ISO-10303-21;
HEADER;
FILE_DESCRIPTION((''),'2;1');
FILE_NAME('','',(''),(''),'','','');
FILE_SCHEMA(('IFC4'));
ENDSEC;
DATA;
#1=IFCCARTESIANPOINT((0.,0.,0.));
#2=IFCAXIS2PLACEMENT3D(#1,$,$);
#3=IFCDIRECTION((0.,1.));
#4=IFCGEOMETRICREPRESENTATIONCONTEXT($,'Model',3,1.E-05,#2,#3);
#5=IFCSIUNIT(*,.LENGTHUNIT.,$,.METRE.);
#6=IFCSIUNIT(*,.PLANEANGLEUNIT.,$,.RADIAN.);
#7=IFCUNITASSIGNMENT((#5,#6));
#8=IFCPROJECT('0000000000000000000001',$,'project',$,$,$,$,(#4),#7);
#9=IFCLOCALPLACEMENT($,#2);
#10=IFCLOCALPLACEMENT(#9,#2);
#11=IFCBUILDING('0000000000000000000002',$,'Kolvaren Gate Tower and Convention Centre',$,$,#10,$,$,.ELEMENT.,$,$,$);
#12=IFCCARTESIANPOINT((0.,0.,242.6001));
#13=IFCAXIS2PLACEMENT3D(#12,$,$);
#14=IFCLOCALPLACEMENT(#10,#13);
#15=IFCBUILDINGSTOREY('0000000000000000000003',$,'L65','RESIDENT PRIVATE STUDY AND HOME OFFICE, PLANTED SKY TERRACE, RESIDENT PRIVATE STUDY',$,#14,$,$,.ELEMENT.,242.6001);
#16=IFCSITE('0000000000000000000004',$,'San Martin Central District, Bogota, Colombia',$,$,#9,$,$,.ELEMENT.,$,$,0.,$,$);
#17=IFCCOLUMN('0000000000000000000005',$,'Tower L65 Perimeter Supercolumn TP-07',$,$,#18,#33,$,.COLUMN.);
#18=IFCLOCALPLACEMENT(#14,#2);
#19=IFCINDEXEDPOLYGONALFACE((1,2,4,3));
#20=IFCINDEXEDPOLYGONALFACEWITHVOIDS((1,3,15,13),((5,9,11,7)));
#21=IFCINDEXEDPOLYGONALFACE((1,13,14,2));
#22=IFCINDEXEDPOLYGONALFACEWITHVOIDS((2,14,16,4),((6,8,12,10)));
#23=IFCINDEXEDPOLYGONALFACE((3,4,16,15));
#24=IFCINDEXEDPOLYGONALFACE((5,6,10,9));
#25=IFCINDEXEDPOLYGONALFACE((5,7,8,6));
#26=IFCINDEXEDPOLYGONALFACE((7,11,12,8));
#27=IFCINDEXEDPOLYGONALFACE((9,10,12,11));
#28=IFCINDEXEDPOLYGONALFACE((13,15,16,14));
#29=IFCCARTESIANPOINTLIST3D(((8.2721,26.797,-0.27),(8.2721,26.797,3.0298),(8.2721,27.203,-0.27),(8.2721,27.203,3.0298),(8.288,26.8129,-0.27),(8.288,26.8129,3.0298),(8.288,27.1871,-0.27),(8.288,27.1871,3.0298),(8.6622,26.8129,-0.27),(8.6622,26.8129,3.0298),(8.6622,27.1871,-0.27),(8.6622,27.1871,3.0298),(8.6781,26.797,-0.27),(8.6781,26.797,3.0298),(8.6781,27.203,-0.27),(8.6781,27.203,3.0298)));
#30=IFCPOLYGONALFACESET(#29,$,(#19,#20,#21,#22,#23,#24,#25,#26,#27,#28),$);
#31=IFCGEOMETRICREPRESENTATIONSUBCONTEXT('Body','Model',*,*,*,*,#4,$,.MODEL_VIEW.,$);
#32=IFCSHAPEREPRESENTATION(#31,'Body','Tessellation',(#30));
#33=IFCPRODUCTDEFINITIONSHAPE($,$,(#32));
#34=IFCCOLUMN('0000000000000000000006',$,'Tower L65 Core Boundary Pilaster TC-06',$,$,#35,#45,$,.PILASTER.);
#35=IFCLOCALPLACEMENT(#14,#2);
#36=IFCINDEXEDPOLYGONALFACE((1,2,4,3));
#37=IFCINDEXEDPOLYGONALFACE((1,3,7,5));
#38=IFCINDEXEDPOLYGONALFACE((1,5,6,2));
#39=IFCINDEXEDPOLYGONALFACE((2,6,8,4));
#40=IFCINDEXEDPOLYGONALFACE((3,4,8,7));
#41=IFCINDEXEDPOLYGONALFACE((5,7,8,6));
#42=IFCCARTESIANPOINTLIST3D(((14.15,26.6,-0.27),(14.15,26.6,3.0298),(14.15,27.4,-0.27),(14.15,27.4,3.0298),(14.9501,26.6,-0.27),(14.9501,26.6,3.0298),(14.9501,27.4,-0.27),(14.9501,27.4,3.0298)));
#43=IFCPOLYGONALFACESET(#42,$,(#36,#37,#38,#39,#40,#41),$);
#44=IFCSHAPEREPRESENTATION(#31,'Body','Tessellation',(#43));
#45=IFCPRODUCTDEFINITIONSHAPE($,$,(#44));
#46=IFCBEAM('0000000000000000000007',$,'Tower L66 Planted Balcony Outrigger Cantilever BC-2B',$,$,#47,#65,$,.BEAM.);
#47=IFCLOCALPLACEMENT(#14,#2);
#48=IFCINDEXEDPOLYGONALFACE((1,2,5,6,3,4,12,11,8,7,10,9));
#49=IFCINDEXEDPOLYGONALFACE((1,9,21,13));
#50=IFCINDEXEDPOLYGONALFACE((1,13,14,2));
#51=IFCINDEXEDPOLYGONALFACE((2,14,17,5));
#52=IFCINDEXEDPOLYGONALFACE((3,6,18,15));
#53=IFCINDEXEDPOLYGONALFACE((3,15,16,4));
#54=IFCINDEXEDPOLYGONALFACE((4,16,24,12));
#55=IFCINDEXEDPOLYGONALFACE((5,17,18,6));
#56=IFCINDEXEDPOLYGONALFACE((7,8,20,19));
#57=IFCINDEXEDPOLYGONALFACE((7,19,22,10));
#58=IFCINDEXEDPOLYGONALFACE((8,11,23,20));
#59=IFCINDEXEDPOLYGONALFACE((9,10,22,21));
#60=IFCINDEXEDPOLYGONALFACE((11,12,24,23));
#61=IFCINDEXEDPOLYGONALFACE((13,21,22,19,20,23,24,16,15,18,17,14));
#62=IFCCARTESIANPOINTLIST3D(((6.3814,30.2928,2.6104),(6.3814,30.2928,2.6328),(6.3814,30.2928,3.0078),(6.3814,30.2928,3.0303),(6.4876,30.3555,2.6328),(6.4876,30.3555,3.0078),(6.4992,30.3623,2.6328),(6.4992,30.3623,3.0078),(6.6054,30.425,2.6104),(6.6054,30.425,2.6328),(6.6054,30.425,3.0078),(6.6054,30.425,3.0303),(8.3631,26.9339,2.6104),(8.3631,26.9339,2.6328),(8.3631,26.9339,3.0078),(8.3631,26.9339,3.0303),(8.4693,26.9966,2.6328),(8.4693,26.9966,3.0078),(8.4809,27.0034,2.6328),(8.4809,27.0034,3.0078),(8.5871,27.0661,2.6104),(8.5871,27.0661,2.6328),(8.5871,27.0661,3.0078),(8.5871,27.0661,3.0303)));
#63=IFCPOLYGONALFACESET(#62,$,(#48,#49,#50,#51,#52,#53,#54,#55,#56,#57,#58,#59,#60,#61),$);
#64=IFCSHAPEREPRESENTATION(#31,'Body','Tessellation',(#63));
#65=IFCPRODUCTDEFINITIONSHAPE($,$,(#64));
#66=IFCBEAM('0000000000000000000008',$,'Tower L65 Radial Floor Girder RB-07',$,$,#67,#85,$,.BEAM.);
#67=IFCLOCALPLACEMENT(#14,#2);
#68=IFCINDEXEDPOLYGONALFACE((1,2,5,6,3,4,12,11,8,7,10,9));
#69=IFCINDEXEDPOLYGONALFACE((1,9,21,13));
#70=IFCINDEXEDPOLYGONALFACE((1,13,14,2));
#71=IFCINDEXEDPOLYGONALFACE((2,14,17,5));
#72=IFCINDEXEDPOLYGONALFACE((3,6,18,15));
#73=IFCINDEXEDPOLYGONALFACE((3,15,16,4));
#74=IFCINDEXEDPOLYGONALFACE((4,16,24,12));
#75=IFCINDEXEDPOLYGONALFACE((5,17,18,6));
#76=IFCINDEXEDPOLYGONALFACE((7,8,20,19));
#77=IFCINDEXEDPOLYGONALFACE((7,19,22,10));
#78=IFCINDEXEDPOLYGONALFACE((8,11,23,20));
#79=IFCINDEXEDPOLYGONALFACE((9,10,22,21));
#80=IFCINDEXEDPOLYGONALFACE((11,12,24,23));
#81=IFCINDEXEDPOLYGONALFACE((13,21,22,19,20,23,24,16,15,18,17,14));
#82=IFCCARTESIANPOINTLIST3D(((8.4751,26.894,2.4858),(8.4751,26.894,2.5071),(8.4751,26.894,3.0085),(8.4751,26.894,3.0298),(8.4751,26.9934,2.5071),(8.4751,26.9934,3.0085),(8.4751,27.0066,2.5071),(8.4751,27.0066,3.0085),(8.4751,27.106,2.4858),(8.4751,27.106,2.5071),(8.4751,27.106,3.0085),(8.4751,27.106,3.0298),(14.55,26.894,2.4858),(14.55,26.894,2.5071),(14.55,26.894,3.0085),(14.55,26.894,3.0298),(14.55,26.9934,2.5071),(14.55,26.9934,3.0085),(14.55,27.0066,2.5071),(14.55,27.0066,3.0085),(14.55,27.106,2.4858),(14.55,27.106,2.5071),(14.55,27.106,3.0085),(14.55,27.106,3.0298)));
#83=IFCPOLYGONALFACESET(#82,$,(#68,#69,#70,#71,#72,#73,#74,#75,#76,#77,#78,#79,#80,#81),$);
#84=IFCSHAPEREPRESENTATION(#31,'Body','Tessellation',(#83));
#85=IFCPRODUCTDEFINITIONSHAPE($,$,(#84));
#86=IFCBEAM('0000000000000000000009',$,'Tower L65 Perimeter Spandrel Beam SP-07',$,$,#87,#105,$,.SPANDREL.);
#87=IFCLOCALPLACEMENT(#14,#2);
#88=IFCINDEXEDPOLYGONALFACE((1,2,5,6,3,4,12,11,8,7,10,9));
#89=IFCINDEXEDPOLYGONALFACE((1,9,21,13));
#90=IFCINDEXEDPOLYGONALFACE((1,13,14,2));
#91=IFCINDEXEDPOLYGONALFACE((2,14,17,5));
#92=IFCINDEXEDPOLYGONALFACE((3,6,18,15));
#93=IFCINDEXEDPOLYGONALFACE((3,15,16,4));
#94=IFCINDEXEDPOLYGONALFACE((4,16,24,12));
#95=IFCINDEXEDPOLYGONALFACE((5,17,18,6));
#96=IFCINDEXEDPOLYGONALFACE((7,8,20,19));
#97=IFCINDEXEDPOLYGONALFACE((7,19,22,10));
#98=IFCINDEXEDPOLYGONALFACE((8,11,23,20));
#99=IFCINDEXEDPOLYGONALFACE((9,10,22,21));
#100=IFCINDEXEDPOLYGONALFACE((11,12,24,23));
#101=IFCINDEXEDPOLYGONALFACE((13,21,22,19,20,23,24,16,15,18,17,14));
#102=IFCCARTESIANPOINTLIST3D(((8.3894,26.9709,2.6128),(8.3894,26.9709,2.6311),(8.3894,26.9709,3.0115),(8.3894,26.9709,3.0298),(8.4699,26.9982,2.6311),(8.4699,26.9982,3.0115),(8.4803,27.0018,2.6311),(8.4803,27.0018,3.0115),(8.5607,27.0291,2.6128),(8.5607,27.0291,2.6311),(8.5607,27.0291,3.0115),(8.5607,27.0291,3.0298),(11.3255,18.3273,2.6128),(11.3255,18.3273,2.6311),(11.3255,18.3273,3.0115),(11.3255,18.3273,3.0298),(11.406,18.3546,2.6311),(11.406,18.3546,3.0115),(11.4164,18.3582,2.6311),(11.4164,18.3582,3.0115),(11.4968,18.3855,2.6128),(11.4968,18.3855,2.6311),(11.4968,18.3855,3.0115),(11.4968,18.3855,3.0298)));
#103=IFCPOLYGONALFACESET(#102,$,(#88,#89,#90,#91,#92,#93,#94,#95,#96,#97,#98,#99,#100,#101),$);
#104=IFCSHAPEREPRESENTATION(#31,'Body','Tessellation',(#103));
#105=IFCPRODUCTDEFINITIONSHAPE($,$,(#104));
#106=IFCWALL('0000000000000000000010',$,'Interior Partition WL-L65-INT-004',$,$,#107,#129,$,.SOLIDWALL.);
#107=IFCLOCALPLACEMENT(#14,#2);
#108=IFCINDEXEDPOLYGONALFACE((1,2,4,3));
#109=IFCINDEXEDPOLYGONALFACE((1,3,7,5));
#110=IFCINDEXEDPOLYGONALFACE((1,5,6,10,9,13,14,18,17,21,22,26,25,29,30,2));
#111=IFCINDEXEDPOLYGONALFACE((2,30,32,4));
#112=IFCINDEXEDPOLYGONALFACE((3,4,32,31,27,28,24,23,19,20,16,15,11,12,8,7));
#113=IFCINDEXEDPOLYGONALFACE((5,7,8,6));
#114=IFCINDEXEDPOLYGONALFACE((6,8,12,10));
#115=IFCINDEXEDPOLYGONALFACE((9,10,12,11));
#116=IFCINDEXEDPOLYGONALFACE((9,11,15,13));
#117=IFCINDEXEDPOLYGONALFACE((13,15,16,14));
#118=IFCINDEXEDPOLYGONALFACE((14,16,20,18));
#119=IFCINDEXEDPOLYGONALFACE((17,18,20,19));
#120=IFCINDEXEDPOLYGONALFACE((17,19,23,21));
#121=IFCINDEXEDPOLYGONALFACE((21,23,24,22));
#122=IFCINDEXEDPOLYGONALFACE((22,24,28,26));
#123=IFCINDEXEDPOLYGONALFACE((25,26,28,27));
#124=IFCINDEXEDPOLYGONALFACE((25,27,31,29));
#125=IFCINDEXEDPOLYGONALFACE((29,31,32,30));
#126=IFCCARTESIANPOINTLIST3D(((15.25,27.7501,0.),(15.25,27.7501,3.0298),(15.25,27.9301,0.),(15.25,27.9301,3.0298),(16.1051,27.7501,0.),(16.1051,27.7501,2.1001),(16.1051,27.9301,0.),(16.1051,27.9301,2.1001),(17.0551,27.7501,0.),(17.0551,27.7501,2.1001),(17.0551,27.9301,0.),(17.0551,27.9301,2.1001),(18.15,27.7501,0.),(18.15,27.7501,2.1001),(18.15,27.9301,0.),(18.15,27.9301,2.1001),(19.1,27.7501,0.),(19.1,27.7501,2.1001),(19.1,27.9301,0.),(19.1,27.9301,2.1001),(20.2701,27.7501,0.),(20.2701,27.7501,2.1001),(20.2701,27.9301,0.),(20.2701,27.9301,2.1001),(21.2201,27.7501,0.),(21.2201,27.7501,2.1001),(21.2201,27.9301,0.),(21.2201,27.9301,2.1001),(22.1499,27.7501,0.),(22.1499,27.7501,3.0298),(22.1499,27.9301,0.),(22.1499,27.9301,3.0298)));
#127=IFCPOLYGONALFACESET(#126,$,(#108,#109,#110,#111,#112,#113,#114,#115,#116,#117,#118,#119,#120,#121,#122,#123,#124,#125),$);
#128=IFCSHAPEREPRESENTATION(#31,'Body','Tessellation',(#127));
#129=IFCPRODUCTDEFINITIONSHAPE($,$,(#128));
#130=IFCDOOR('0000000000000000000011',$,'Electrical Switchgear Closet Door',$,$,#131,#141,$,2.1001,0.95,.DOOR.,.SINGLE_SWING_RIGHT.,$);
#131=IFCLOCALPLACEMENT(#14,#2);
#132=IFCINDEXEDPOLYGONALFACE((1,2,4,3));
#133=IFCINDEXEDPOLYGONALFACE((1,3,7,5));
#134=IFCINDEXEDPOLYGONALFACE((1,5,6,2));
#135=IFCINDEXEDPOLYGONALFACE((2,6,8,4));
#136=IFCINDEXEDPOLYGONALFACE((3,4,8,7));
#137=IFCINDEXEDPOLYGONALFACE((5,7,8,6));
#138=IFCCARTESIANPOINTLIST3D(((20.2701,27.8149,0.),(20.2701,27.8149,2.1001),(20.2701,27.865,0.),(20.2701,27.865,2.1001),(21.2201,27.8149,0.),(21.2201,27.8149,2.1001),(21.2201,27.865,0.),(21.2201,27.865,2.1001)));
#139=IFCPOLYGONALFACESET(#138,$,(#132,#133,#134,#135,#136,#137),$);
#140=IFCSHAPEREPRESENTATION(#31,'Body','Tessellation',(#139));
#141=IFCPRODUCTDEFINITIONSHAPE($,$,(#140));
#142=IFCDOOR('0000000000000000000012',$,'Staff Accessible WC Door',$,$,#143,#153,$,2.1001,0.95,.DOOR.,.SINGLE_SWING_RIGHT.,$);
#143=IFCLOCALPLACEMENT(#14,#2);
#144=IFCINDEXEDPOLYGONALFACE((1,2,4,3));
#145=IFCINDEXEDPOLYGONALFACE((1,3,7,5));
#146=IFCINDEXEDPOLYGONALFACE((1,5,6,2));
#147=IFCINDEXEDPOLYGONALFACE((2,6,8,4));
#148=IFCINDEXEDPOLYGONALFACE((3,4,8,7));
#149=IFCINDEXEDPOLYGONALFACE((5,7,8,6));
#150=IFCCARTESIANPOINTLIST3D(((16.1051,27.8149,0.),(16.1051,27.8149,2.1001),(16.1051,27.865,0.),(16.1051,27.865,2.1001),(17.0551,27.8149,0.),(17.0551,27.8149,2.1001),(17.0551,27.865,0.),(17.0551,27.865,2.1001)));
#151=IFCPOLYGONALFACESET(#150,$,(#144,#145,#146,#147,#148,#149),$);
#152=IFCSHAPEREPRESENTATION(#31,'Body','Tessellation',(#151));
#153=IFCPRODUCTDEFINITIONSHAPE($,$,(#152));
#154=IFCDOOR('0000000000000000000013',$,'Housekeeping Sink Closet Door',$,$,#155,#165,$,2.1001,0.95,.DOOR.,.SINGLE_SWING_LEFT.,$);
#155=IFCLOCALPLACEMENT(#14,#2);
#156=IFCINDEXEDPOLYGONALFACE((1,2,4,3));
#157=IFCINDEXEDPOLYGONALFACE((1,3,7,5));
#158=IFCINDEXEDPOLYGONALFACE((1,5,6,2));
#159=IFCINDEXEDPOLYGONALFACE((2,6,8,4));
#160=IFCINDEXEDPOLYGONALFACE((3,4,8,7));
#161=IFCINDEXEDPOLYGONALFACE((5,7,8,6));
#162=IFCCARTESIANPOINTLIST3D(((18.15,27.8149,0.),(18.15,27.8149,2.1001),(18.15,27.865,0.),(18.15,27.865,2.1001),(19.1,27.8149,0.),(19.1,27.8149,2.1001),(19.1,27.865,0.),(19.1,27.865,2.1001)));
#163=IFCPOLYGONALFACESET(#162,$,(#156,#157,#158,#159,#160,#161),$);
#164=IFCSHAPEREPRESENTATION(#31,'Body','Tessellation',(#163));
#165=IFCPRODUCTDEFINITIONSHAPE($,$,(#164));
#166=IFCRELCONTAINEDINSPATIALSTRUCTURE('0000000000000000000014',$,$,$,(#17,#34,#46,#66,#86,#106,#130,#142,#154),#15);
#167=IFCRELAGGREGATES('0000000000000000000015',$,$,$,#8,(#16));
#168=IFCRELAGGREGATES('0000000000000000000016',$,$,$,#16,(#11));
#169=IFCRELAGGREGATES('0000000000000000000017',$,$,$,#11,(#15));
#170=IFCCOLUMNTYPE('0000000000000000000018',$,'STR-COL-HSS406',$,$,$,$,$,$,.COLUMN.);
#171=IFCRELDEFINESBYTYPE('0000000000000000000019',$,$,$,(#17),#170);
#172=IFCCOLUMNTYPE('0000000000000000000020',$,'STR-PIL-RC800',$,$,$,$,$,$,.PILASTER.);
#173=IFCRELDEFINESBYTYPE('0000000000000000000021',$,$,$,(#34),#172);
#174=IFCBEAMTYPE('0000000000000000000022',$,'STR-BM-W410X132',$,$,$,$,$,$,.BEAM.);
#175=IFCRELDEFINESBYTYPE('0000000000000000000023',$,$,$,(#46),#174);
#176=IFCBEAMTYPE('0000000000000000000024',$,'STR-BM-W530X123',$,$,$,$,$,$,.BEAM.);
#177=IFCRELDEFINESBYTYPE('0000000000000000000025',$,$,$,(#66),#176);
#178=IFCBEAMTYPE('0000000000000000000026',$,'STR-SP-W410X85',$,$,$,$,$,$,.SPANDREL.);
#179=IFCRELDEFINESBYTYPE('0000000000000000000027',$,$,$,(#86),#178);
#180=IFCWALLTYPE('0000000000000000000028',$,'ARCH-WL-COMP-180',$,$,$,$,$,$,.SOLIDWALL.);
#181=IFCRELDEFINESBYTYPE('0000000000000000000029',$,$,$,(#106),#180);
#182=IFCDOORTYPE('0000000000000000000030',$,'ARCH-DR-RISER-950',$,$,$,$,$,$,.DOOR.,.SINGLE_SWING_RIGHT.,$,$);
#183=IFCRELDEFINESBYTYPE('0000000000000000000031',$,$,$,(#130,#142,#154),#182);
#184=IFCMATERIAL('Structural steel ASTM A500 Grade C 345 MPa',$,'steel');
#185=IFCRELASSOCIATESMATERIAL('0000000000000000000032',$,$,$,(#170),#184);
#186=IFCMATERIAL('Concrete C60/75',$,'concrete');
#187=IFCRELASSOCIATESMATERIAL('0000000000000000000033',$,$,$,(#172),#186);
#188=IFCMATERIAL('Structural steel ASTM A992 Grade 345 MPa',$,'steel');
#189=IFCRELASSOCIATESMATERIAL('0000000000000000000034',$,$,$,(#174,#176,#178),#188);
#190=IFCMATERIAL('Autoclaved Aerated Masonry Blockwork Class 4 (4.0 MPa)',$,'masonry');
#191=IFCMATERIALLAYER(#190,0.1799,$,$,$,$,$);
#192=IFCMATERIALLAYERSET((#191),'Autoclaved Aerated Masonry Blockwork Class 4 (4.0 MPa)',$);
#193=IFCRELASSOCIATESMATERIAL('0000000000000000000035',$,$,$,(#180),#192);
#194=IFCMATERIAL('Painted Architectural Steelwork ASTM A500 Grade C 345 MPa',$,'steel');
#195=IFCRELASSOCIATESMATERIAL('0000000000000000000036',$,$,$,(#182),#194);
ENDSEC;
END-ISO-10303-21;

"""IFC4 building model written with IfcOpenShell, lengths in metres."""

from ifc_helpers import new_model, si_unit, direction, frame, frame_2d, origin, origin_2d, place, context, subcontext, project, spatial, rectangle, hollow_rectangle, i_section, extrude, material, layer, layer_set, material_profile, profile_set, type_object, element, fill, save


model = new_model("IFC4")

# Units and contexts
model_context = context("Model", 3, precision=1e-05, world=origin(), true_north=direction((0.0, 1.0)))
body_context = subcontext(model_context, "Body", "Model", "MODEL_VIEW")
ifc_project = project(units=[si_unit("LENGTHUNIT", "METRE"), si_unit("PLANEANGLEUNIT", "RADIAN")], contexts=[model_context])

# Site, building, storey
site_placement = place(None, origin())
site = spatial("IfcSite", under=ifc_project, at=site_placement, Name="San Martin Central District, Bogota, Colombia", CompositionType="ELEMENT", RefElevation=0.0)
building_placement = place(site_placement, origin())
building = spatial("IfcBuilding", under=site, at=building_placement, Name="Kolvaren Gate Tower and Convention Centre", CompositionType="ELEMENT")
storey_placement = place(building_placement, frame((0.0, 0.0, 242.6001)))
storey = spatial("IfcBuildingStorey", under=building, at=storey_placement, Name="L65", Description="RESIDENT PRIVATE STUDY AND HOME OFFICE, PLANTED SKY TERRACE, RESIDENT PRIVATE STUDY", CompositionType="ELEMENT", Elevation=242.6001)

# Columns
ifc_material_1 = material(Name="Structural steel ASTM A500 Grade C 345 MPa", Category="steel")
ifc_material_profile_1 = material_profile(ifc_material_1, hollow_rectangle(XDim=0.406, YDim=0.406, WallThickness=0.0159, at=origin_2d()), Name="HSS406X406X15.9")
ifc_profile_set_1 = profile_set([ifc_material_profile_1], Name="Structural steel ASTM A500 Grade C 345 MPa")
column_type_1 = type_object("IfcColumnType", Name="STR-COL-HSS406", PredefinedType="COLUMN", material=ifc_profile_set_1)
column_1_placement = place(storey_placement, frame((8.4751, 27.0, -0.27), z_axis=(0.0, 0.0, 1.0), x_axis=(1.0, 0.0, 0.0)))
element("IfcColumn", 1, at=column_1_placement, inside=storey, type_object=column_type_1, Name="Tower L65 Perimeter Supercolumn TP-07", PredefinedType="COLUMN", context=body_context, shape_type="SweptSolid", body=[
    extrude(hollow_rectangle(XDim=0.406, YDim=0.406, WallThickness=0.0159, at=origin_2d()), origin(), (0.0, 0.0, 1.0), 3.2998),
])
ifc_material_2 = material(Name="Concrete C60/75", Category="concrete")
ifc_material_profile_2 = material_profile(ifc_material_2, rectangle(XDim=0.8, YDim=0.8, at=origin_2d()), Name="RC-COL-800X800")
ifc_profile_set_2 = profile_set([ifc_material_profile_2], Name="Concrete C60/75")
column_type_2 = type_object("IfcColumnType", Name="STR-PIL-RC800", PredefinedType="PILASTER", material=ifc_profile_set_2)
column_2_placement = place(storey_placement, frame((14.55, 27.0, -0.27), z_axis=(0.0, 0.0, 1.0), x_axis=(1.0, 0.0, 0.0)))
element("IfcColumn", 2, at=column_2_placement, inside=storey, type_object=column_type_2, Name="Tower L65 Core Boundary Pilaster TC-06", PredefinedType="PILASTER", context=body_context, shape_type="SweptSolid", body=[
    extrude(rectangle(XDim=0.8, YDim=0.8, at=origin_2d()), origin(), (0.0, 0.0, 1.0), 3.2998),
])

# Beams
ifc_material_3 = material(Name="Structural steel ASTM A992 Grade 345 MPa", Category="steel")
ifc_material_profile_3 = material_profile(ifc_material_3, i_section(OverallWidth=0.26, OverallDepth=0.4199, WebThickness=0.0134, FlangeThickness=0.0225, at=origin_2d()), Name="W410X132")
ifc_profile_set_3 = profile_set([ifc_material_profile_3], Name="Structural steel ASTM A992 Grade 345 MPa")
beam_type_1 = type_object("IfcBeamType", Name="STR-BM-W410X132", PredefinedType="BEAM", material=ifc_profile_set_3)
beam_1_placement = place(storey_placement, frame((8.4751, 27.0, 2.8203), z_axis=(-0.508139, 0.861275, 0.0), x_axis=(-0.861275, -0.508139, 0.0)))
element("IfcBeam", 3, at=beam_1_placement, inside=storey, type_object=beam_type_1, Name="Tower L66 Planted Balcony Outrigger Cantilever BC-2B", PredefinedType="BEAM", context=body_context, shape_type="SweptSolid", body=[
    extrude(i_section(OverallWidth=0.26, OverallDepth=0.4199, WebThickness=0.0134, FlangeThickness=0.0225, at=origin_2d()), origin(), (0.0, 0.0, 1.0), 3.8999),
])
ifc_material_profile_4 = material_profile(ifc_material_3, i_section(OverallWidth=0.2119, OverallDepth=0.5439, WebThickness=0.0132, FlangeThickness=0.0212, at=origin_2d()), Name="W530X123")
ifc_profile_set_4 = profile_set([ifc_material_profile_4], Name="Structural steel ASTM A992 Grade 345 MPa")
beam_type_2 = type_object("IfcBeamType", Name="STR-BM-W530X123", PredefinedType="BEAM", material=ifc_profile_set_4)
beam_2_placement = place(storey_placement, frame((14.55, 27.0, 2.7578), z_axis=(-1.0, 0.0, 0.0), x_axis=(0.0, -1.0, 0.0)))
element("IfcBeam", 4, at=beam_2_placement, inside=storey, type_object=beam_type_2, Name="Tower L65 Radial Floor Girder RB-07", PredefinedType="BEAM", context=body_context, shape_type="SweptSolid", body=[
    extrude(i_section(OverallWidth=0.2119, OverallDepth=0.5439, WebThickness=0.0132, FlangeThickness=0.0212, at=origin_2d()), origin(), (0.0, 0.0, 1.0), 6.075),
])
ifc_material_profile_5 = material_profile(ifc_material_3, i_section(OverallWidth=0.1809, OverallDepth=0.417, WebThickness=0.011, FlangeThickness=0.0183, at=origin_2d()), Name="W410X85")
ifc_profile_set_5 = profile_set([ifc_material_profile_5], Name="Structural steel ASTM A992 Grade 345 MPa")
beam_type_3 = type_object("IfcBeamType", Name="STR-SP-W410X85", PredefinedType="SPANDREL", material=ifc_profile_set_5)
beam_3_placement = place(storey_placement, frame((8.4751, 27.0, 2.8213), z_axis=(0.32163, -0.946865, 0.0), x_axis=(0.946865, 0.32163, 0.0)))
element("IfcBeam", 5, at=beam_3_placement, inside=storey, type_object=beam_type_3, Name="Tower L65 Perimeter Spandrel Beam SP-07", PredefinedType="SPANDREL", context=body_context, shape_type="SweptSolid", body=[
    extrude(i_section(OverallWidth=0.1809, OverallDepth=0.417, WebThickness=0.011, FlangeThickness=0.0183, at=origin_2d()), origin(), (0.0, 0.0, 1.0), 9.1287),
])

# Wall, openings, doors
ifc_material_4 = material(Name="Autoclaved Aerated Masonry Blockwork Class 4 (4.0 MPa)", Category="masonry")
ifc_layer_1 = layer(ifc_material_4, 0.1799)
ifc_layer_set_1 = layer_set([ifc_layer_1], Name="Autoclaved Aerated Masonry Blockwork Class 4 (4.0 MPa)")
wall_type_1 = type_object("IfcWallType", Name="ARCH-WL-COMP-180", PredefinedType="SOLIDWALL", material=ifc_layer_set_1)
wall_1_placement = place(storey_placement, frame((15.25, 27.8401, 0.0), z_axis=(0.0, 0.0, 1.0), x_axis=(1.0, 0.0, 0.0)))
wall_1 = element("IfcWall", 6, at=wall_1_placement, inside=storey, type_object=wall_type_1, Name="Interior Partition WL-L65-INT-004", PredefinedType="SOLIDWALL", context=body_context, shape_type="SweptSolid", body=[
    extrude(rectangle(XDim=6.8999, YDim=0.1799, at=frame_2d((3.45, 0.0))), origin(), (0.0, 0.0, 1.0), 3.0298),
])
opening_1_placement = place(wall_1_placement, frame((5.02, 0.0, 0.0)))
opening_1 = element("IfcOpeningElement", 7, at=opening_1_placement, cuts=wall_1, PredefinedType="OPENING", context=body_context, shape_type="SweptSolid", body=[
    extrude(rectangle(XDim=0.95, YDim=2.1001, at=frame_2d((0.4751, 1.05))), frame((0.0, 0.0999, 0.0), z_axis=(0.0, -1.0, 0.0), x_axis=(1.0, 0.0, 0.0)), (0.0, 0.0, 1.0), 0.2),
])
opening_2_placement = place(wall_1_placement, frame((0.855, 0.0, 0.0)))
opening_2 = element("IfcOpeningElement", 8, at=opening_2_placement, cuts=wall_1, PredefinedType="OPENING", context=body_context, shape_type="SweptSolid", body=[
    extrude(rectangle(XDim=0.95, YDim=2.1001, at=frame_2d((0.4751, 1.05))), frame((0.0, 0.0999, 0.0), z_axis=(0.0, -1.0, 0.0), x_axis=(1.0, 0.0, 0.0)), (0.0, 0.0, 1.0), 0.2),
])
opening_3_placement = place(wall_1_placement, frame((2.8999, 0.0, 0.0)))
opening_3 = element("IfcOpeningElement", 9, at=opening_3_placement, cuts=wall_1, PredefinedType="OPENING", context=body_context, shape_type="SweptSolid", body=[
    extrude(rectangle(XDim=0.95, YDim=2.1001, at=frame_2d((0.4751, 1.05))), frame((0.0, 0.0999, 0.0), z_axis=(0.0, -1.0, 0.0), x_axis=(1.0, 0.0, 0.0)), (0.0, 0.0, 1.0), 0.2),
])
ifc_material_5 = material(Name="Painted Architectural Steelwork ASTM A500 Grade C 345 MPa", Category="steel")
door_type = type_object("IfcDoorType", Name="ARCH-DR-RISER-950", OperationType="SINGLE_SWING_RIGHT", PredefinedType="DOOR", material=ifc_material_5)
door_1_placement = place(opening_1_placement, origin())
door_1 = element("IfcDoor", 10, at=door_1_placement, inside=storey, type_object=door_type, Name="Electrical Switchgear Closet Door", OperationType="SINGLE_SWING_RIGHT", OverallHeight=2.1001, OverallWidth=0.95, PredefinedType="DOOR", context=body_context, shape_type="SweptSolid", body=[
    extrude(rectangle(XDim=0.95, YDim=2.1001, at=frame_2d((0.4751, 1.05))), frame((0.0, 0.0249, 0.0), z_axis=(0.0, -1.0, 0.0), x_axis=(1.0, 0.0, 0.0)), (0.0, 0.0, 1.0), 0.05),
])
fill(opening_1, door_1)
door_2_placement = place(opening_2_placement, origin())
door_2 = element("IfcDoor", 11, at=door_2_placement, inside=storey, type_object=door_type, Name="Staff Accessible WC Door", OperationType="SINGLE_SWING_RIGHT", OverallHeight=2.1001, OverallWidth=0.95, PredefinedType="DOOR", context=body_context, shape_type="SweptSolid", body=[
    extrude(rectangle(XDim=0.95, YDim=2.1001, at=frame_2d((0.4751, 1.05))), frame((0.0, 0.0249, 0.0), z_axis=(0.0, -1.0, 0.0), x_axis=(1.0, 0.0, 0.0)), (0.0, 0.0, 1.0), 0.05),
])
fill(opening_2, door_2)
door_3_placement = place(opening_3_placement, origin())
door_3 = element("IfcDoor", 12, at=door_3_placement, inside=storey, type_object=door_type, Name="Housekeeping Sink Closet Door", OperationType="SINGLE_SWING_LEFT", OverallHeight=2.1001, OverallWidth=0.95, PredefinedType="DOOR", context=body_context, shape_type="SweptSolid", body=[
    extrude(rectangle(XDim=0.95, YDim=2.1001, at=frame_2d((0.4751, 1.05))), frame((0.0, 0.0249, 0.0), z_axis=(0.0, -1.0, 0.0), x_axis=(1.0, 0.0, 0.0)), (0.0, 0.0, 1.0), 0.05),
])
fill(opening_3, door_3)

save(model, "model.ifc")
